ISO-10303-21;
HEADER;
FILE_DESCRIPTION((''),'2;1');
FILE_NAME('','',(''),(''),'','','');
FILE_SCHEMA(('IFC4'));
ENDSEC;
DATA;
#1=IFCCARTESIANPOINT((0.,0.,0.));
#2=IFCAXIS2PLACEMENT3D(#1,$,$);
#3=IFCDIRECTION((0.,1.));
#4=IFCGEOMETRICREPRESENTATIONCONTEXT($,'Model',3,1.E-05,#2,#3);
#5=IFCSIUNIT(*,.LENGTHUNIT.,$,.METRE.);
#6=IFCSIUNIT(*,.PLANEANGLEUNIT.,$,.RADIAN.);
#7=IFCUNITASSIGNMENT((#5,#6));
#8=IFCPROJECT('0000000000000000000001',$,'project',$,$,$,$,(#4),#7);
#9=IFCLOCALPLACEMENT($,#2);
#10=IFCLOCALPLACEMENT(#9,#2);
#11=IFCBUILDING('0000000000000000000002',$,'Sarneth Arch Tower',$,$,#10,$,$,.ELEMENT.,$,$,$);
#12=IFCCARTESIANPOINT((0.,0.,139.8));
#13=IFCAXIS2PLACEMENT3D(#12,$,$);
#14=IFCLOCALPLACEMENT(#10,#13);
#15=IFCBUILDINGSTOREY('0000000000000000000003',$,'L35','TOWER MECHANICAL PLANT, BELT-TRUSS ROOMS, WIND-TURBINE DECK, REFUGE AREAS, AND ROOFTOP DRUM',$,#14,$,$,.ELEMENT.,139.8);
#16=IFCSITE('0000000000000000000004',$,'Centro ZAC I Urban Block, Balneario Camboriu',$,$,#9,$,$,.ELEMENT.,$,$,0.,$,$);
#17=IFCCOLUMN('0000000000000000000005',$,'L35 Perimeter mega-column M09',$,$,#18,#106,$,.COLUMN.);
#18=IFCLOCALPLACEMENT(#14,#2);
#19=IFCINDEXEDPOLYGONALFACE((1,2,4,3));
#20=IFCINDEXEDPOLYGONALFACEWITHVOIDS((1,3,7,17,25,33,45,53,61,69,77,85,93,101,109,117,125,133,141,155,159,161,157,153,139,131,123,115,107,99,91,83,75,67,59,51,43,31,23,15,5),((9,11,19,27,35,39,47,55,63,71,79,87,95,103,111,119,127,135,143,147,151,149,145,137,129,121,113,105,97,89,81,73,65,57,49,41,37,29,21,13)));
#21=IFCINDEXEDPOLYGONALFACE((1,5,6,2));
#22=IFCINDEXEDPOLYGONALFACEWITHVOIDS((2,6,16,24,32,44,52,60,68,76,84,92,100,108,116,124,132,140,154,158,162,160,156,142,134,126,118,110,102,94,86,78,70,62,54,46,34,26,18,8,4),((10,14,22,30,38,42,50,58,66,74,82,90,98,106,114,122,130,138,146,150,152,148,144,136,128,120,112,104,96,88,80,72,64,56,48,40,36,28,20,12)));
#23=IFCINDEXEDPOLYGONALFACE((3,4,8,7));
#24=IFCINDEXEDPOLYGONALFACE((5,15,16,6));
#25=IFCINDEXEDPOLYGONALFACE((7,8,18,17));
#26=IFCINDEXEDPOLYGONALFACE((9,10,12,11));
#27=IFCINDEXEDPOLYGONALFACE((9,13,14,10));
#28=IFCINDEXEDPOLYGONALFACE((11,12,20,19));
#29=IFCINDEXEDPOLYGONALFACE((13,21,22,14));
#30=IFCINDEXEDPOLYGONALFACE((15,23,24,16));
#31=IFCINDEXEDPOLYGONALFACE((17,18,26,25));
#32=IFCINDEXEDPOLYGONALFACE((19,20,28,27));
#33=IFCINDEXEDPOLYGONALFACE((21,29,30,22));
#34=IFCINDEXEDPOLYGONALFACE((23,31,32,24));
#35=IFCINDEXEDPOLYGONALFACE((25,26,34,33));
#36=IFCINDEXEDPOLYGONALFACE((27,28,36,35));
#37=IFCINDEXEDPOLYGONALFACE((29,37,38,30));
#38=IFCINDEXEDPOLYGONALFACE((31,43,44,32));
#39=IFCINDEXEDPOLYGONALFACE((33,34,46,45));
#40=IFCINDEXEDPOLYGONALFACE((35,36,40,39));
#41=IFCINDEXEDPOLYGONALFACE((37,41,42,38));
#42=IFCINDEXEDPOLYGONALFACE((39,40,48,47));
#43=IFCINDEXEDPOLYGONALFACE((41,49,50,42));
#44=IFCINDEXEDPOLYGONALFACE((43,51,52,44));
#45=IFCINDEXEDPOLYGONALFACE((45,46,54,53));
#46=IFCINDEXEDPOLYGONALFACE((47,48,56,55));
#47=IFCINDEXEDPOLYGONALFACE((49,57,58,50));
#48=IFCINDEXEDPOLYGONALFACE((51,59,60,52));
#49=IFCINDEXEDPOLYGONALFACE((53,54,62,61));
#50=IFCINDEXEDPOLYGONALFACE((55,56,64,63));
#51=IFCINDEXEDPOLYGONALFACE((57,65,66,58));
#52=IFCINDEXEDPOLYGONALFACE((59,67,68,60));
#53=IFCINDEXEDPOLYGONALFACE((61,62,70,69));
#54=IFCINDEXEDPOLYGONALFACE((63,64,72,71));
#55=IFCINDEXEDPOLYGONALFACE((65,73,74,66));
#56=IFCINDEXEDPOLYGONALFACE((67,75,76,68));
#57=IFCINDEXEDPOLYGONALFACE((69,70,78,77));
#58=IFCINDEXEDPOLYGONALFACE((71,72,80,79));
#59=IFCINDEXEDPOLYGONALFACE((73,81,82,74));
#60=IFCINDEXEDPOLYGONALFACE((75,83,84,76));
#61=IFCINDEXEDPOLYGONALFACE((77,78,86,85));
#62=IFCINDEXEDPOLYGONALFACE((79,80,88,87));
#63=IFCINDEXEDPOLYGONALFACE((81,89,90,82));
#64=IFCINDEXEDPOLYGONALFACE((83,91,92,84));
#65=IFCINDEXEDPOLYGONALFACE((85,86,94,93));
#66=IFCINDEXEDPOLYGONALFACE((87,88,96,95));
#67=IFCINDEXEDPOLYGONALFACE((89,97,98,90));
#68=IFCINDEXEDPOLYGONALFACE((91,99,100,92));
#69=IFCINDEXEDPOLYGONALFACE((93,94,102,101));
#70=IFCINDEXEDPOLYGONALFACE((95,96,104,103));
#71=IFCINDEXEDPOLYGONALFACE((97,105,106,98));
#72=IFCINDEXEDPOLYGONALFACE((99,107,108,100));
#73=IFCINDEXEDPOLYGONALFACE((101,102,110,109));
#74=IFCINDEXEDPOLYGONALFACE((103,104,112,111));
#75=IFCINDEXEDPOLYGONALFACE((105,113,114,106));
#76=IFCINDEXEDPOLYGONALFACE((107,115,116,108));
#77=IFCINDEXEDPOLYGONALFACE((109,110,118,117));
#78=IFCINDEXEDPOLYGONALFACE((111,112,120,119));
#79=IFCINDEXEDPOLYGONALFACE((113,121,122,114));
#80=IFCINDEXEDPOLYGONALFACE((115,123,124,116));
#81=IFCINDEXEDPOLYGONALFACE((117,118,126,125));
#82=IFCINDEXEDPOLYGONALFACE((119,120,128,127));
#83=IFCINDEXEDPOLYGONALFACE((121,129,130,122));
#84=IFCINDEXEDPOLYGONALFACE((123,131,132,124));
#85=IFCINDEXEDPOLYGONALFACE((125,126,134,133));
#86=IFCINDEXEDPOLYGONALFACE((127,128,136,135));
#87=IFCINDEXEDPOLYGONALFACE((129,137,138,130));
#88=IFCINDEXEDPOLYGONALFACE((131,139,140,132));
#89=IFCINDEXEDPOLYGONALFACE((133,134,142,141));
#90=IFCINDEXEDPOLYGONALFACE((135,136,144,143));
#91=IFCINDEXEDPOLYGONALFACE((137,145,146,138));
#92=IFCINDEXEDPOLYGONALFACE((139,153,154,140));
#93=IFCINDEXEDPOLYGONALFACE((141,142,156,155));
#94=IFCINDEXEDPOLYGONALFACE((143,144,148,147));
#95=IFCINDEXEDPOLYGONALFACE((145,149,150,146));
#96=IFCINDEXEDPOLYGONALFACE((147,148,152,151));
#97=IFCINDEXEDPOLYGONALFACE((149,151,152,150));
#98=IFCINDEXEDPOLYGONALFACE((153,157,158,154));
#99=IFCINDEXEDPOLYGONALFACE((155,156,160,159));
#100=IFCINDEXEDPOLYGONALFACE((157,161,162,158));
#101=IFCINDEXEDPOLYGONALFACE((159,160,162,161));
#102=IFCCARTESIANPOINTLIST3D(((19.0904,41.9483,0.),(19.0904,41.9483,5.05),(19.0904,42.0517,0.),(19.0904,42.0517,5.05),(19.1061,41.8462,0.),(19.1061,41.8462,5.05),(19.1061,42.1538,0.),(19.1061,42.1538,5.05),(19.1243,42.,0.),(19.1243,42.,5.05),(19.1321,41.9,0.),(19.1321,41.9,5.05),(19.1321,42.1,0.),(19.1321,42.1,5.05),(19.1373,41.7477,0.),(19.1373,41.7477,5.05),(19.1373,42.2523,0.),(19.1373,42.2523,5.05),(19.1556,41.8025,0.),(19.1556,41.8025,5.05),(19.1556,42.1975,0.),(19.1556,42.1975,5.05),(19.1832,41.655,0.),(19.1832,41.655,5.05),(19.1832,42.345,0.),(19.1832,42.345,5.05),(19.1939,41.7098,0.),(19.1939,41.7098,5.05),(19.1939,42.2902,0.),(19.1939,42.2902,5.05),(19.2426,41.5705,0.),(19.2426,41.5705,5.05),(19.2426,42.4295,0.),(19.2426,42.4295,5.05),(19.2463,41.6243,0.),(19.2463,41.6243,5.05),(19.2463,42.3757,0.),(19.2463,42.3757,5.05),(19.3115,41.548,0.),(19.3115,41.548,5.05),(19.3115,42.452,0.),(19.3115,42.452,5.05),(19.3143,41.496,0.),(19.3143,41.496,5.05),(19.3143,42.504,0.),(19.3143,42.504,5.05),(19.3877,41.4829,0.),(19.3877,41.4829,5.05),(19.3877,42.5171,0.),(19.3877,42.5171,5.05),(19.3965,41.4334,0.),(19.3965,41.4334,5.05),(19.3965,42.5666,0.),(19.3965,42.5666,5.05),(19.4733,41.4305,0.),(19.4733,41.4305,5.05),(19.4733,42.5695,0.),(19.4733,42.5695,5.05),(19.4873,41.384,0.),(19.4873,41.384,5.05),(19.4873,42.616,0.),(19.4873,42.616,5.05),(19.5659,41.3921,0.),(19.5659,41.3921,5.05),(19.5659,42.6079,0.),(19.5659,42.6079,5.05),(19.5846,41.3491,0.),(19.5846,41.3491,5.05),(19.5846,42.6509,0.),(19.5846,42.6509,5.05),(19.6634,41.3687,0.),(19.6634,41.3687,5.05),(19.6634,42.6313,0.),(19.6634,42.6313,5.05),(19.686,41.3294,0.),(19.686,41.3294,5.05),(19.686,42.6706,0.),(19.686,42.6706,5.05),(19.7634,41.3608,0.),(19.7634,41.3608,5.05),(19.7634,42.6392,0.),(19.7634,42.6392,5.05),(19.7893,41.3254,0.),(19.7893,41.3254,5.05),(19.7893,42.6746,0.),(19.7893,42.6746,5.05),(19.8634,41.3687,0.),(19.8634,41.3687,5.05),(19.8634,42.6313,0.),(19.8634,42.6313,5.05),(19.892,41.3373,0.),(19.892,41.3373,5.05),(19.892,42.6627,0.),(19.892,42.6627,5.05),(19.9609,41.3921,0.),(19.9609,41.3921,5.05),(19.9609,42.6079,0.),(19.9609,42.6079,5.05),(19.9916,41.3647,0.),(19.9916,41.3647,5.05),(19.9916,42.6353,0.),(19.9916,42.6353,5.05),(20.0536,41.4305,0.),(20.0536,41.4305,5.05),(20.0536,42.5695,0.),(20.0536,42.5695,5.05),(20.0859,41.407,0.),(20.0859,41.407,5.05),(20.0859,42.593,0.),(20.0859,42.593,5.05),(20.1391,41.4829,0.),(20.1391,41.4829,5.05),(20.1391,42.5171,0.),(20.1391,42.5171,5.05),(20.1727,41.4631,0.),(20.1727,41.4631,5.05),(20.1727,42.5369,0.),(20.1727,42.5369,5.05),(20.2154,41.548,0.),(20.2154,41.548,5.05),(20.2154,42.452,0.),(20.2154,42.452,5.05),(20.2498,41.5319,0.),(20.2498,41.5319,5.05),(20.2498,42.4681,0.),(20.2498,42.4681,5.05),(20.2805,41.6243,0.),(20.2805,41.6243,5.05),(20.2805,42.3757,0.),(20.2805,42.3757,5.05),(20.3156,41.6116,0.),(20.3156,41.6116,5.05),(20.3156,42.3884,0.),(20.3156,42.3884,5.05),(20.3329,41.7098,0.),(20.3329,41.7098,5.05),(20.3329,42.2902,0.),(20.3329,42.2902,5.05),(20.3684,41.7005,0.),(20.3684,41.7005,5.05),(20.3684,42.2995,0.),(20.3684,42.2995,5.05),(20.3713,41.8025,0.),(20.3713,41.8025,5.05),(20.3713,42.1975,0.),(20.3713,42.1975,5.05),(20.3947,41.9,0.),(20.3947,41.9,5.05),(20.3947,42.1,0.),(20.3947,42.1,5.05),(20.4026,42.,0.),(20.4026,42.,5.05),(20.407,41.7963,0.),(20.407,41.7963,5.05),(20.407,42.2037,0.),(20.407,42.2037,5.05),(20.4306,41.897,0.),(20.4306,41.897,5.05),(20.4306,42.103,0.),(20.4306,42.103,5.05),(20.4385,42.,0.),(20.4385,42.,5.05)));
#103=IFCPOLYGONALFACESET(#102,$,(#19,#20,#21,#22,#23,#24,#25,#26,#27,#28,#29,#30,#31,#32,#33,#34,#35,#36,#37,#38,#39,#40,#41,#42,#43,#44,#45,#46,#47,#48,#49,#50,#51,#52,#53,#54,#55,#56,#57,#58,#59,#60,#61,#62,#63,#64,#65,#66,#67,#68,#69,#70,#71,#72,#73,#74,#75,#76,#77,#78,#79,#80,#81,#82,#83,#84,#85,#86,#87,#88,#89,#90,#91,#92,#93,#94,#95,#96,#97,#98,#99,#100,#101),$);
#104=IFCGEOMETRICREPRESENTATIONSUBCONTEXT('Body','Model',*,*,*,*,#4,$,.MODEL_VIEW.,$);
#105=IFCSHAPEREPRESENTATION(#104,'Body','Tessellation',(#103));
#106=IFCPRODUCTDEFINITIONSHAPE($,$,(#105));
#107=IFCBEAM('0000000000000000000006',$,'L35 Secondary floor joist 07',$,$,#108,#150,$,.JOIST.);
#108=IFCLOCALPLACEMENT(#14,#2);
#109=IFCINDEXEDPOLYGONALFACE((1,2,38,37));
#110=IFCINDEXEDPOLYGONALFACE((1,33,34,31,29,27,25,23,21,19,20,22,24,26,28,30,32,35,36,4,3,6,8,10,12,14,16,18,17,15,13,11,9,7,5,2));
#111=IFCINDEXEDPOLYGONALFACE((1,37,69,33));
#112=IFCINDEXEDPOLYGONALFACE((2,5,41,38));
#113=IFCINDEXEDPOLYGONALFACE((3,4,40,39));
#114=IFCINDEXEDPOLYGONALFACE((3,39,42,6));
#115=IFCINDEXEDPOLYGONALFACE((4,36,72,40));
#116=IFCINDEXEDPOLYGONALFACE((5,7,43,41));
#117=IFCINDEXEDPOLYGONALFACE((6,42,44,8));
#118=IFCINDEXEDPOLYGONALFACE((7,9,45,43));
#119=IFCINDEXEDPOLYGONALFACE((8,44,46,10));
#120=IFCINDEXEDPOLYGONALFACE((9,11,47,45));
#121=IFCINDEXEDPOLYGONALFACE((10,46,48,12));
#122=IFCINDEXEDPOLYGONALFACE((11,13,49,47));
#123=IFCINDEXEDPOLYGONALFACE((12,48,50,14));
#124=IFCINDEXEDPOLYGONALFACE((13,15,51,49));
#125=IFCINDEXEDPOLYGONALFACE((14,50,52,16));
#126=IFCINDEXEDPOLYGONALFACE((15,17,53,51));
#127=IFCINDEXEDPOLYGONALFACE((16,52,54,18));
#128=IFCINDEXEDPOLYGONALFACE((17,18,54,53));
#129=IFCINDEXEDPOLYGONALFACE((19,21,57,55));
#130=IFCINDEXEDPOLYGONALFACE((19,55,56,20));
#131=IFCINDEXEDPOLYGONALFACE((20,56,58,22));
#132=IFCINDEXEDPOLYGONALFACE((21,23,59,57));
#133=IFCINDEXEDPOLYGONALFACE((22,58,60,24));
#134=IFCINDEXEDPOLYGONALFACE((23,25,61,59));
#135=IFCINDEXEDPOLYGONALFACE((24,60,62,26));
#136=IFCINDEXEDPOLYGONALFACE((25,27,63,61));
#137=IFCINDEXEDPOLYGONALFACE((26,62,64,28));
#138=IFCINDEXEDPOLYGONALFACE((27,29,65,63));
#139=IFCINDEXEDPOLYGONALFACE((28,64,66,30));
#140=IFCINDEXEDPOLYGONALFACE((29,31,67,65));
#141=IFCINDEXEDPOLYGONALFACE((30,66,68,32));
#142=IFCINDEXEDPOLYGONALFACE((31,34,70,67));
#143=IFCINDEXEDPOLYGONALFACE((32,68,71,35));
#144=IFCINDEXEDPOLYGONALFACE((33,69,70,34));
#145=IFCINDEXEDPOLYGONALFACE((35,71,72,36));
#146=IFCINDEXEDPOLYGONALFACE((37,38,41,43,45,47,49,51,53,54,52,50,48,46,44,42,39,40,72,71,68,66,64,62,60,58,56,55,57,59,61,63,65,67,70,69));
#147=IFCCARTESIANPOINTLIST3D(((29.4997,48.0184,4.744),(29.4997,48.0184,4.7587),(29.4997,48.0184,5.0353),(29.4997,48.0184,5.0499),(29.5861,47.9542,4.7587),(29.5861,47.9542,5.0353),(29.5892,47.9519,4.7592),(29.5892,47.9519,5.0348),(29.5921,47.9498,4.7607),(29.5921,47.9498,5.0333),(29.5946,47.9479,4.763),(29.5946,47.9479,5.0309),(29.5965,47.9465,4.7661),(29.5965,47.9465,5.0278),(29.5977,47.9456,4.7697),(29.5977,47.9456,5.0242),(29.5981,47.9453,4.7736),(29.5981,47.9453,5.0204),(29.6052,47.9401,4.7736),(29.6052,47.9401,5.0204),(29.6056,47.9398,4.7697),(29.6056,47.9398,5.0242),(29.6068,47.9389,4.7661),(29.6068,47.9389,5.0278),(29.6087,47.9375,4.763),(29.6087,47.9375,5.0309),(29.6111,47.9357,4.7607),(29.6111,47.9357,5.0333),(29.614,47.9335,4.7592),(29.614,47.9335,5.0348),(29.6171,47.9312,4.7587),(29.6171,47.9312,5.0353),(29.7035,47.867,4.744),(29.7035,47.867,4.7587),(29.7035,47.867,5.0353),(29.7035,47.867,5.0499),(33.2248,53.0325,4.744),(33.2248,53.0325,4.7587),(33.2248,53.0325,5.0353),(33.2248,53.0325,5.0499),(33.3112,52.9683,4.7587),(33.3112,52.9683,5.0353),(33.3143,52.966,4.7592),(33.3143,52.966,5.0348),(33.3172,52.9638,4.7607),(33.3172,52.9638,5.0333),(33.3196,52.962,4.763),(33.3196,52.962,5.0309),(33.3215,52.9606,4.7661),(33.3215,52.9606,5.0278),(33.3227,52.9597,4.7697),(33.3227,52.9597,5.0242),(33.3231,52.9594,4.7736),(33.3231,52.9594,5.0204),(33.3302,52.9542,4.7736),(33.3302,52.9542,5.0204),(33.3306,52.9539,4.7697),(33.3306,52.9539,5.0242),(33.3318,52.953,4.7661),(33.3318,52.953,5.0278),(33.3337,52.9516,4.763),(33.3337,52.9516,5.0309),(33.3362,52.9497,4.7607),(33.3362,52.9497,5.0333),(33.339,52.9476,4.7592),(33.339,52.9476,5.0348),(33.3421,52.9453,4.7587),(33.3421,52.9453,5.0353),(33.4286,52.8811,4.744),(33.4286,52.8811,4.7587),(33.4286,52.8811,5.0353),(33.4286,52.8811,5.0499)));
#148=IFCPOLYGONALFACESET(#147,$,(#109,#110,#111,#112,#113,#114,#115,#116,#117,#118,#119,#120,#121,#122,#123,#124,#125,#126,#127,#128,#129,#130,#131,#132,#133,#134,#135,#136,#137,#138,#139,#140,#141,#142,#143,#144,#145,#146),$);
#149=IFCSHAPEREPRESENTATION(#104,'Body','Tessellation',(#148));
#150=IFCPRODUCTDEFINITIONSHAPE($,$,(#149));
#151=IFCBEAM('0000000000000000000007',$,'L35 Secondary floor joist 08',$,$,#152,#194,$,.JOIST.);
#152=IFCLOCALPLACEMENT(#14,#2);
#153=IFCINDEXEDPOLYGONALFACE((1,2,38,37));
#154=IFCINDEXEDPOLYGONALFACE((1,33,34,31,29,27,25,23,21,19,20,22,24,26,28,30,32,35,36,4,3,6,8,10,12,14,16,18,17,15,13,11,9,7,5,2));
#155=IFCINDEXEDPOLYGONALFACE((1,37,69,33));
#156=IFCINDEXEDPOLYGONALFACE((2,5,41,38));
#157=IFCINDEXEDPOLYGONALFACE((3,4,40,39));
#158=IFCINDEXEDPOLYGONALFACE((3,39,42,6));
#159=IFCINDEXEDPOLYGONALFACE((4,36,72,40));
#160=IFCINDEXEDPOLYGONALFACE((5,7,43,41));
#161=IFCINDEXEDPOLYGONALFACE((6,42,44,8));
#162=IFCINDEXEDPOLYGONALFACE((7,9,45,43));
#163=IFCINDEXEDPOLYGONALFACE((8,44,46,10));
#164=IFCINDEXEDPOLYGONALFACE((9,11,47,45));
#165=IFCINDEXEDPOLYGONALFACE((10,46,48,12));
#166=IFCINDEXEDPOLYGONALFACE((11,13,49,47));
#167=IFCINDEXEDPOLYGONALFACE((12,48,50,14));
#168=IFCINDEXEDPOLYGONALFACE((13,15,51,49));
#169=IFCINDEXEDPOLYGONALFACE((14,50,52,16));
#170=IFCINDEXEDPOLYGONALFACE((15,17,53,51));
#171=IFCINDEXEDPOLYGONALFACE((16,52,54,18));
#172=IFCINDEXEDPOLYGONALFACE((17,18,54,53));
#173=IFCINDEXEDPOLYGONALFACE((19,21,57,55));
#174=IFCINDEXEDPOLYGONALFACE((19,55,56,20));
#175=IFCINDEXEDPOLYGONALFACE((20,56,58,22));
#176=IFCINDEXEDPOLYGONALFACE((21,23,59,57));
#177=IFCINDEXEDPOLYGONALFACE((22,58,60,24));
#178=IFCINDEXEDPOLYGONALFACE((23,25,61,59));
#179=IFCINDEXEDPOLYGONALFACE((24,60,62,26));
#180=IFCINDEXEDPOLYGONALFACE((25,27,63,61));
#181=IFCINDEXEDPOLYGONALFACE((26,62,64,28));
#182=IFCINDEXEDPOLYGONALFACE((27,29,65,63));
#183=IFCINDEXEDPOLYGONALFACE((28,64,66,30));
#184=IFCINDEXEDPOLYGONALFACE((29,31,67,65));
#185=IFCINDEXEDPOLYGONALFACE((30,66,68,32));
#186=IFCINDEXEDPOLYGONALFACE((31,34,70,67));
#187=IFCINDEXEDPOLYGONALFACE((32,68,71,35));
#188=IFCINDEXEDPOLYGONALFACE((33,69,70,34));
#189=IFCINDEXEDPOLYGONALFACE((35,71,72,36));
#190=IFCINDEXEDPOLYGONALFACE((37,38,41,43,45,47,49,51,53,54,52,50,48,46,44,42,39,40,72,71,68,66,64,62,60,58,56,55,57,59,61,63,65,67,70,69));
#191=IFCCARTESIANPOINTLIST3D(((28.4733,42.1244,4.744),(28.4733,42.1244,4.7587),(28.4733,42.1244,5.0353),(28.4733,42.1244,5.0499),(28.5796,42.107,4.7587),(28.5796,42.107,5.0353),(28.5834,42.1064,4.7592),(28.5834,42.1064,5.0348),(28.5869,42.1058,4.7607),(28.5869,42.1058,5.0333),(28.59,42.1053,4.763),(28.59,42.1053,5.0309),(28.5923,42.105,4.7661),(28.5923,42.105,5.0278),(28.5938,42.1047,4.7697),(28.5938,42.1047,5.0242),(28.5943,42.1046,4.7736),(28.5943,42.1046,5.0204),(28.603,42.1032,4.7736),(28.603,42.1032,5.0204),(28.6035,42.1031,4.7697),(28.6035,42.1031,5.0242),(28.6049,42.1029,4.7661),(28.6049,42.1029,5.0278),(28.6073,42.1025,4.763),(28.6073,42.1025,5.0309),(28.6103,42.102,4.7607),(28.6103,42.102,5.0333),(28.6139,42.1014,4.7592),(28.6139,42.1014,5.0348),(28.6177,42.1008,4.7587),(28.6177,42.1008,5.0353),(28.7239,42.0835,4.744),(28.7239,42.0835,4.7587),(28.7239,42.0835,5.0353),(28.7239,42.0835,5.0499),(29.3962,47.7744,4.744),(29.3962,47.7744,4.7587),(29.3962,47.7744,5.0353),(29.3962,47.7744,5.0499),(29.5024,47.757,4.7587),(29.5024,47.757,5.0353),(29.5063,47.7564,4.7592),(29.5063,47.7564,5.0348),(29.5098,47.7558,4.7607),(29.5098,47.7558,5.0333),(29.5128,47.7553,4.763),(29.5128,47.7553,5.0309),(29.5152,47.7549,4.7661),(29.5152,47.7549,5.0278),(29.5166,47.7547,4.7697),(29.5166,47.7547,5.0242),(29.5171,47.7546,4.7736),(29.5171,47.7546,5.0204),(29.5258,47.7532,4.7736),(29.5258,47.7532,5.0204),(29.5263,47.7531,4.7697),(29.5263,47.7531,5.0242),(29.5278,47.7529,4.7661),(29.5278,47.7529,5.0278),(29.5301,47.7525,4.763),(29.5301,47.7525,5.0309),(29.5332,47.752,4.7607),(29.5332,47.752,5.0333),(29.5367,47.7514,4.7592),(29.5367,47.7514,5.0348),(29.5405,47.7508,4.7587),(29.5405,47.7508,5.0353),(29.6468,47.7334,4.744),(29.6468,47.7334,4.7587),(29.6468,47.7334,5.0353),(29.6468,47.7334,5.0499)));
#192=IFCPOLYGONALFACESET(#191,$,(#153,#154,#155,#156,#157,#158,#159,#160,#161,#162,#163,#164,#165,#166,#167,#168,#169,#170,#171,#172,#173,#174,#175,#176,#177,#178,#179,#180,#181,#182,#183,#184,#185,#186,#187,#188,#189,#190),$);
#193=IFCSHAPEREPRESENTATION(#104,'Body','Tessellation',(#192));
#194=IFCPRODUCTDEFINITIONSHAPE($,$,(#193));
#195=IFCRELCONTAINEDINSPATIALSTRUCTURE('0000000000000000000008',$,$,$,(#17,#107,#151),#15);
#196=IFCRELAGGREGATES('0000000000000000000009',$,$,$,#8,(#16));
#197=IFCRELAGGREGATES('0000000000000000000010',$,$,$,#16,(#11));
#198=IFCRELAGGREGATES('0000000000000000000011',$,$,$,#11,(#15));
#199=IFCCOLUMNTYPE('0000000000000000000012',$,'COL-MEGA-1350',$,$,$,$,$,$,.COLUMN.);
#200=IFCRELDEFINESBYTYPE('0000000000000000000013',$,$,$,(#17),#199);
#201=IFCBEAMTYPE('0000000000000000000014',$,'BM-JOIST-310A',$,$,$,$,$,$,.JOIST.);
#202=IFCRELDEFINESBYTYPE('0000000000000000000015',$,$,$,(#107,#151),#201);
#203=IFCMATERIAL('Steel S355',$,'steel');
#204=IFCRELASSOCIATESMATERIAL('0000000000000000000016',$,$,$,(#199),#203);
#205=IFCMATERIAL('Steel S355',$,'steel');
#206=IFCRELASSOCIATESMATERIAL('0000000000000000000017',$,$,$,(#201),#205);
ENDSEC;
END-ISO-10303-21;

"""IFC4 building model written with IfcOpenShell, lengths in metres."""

from ifc_helpers import new_model, si_unit, direction, frame, origin, origin_2d, place, context, subcontext, project, spatial, hollow_circle, i_section, extrude, material, material_profile, profile_set, type_object, element, save


model = new_model("IFC4")

# Units and contexts
model_context = context("Model", 3, precision=1e-05, world=origin(), true_north=direction((0.0, 1.0)))
body_context = subcontext(model_context, "Body", "Model", "MODEL_VIEW")
ifc_project = project(units=[si_unit("LENGTHUNIT", "METRE"), si_unit("PLANEANGLEUNIT", "RADIAN")], contexts=[model_context])

# Site, building, storey
site_placement = place(None, origin())
site = spatial("IfcSite", under=ifc_project, at=site_placement, Name="Centro ZAC I Urban Block, Balneario Camboriu", CompositionType="ELEMENT", RefElevation=0.0)
building_placement = place(site_placement, origin())
building = spatial("IfcBuilding", under=site, at=building_placement, Name="Sarneth Arch Tower", CompositionType="ELEMENT")
storey_placement = place(building_placement, frame((0.0, 0.0, 139.8)))
storey = spatial("IfcBuildingStorey", under=building, at=storey_placement, Name="L35", Description="TOWER MECHANICAL PLANT, BELT-TRUSS ROOMS, WIND-TURBINE DECK, REFUGE AREAS, AND ROOFTOP DRUM", CompositionType="ELEMENT", Elevation=139.8)

# Column
ifc_material_1 = material(Name="Steel S355", Category="steel")
ifc_material_profile_1 = material_profile(ifc_material_1, hollow_circle(Radius=0.675, WallThickness=0.0359, at=origin_2d()), Name="CHS1350x36")
ifc_profile_set_1 = profile_set([ifc_material_profile_1], Name="Steel S355")
column_type = type_object("IfcColumnType", Name="COL-MEGA-1350", PredefinedType="COLUMN", material=ifc_profile_set_1)
for number, where, z_axis, x_axis, name in (
    (1, (19.7634, 42.0, 0.0), (0.0, 0.0, 1.0), (1.0, 0.0, 0.0), "L35 Perimeter mega-column M09"),
):
    element("IfcColumn", number, at=place(storey_placement, frame(where, z_axis=z_axis, x_axis=x_axis)), inside=storey, type_object=column_type, Name=name, PredefinedType="COLUMN", context=body_context, shape_type="SweptSolid", body=[
        extrude(hollow_circle(Radius=0.675, WallThickness=0.0359, at=origin_2d()), origin(), (0.0, 0.0, 1.0), 5.05),
    ])

# Beams
ifc_material_2 = material(Name="Steel S355", Category="steel")
ifc_material_profile_2 = material_profile(ifc_material_2, i_section(OverallWidth=0.2539, OverallDepth=0.3059, WebThickness=0.0088, FlangeThickness=0.0146, FilletRadius=0.0149, at=origin_2d()), Name="W310x79")
ifc_profile_set_2 = profile_set([ifc_material_profile_2], Name="Steel S355")
beam_type_1 = type_object("IfcBeamType", Name="BM-JOIST-310A", PredefinedType="JOIST", material=ifc_profile_set_2)
beam_1_placement = place(storey_placement, frame((33.3267, 52.9568, 4.897), z_axis=(-0.596354, -0.802721, 0.0), x_axis=(0.802721, -0.596354, 0.0)))
element("IfcBeam", 2, at=beam_1_placement, inside=storey, type_object=beam_type_1, Name="L35 Secondary floor joist 07", PredefinedType="JOIST", context=body_context, shape_type="SweptSolid", body=[
    extrude(i_section(OverallWidth=0.2539, OverallDepth=0.3059, WebThickness=0.0088, FlangeThickness=0.0146, FilletRadius=0.0149, at=origin_2d()), origin(), (0.0, 0.0, 1.0), 6.2463),
])
for number, where, z_axis, x_axis, name in (
    (3, (29.5215, 47.7539, 4.897), (-0.161203, -0.986921, 0.0), (0.986921, -0.161203, 0.0), "L35 Secondary floor joist 08"),
):
    element("IfcBeam", number, at=place(storey_placement, frame(where, z_axis=z_axis, x_axis=x_axis)), inside=storey, type_object=beam_type_1, Name=name, PredefinedType="JOIST", context=body_context, shape_type="SweptSolid", body=[
        extrude(i_section(OverallWidth=0.2539, OverallDepth=0.3059, WebThickness=0.0088, FlangeThickness=0.0146, FilletRadius=0.0149, at=origin_2d()), origin(), (0.0, 0.0, 1.0), 5.7249),
    ])

save(model, "model.ifc")
